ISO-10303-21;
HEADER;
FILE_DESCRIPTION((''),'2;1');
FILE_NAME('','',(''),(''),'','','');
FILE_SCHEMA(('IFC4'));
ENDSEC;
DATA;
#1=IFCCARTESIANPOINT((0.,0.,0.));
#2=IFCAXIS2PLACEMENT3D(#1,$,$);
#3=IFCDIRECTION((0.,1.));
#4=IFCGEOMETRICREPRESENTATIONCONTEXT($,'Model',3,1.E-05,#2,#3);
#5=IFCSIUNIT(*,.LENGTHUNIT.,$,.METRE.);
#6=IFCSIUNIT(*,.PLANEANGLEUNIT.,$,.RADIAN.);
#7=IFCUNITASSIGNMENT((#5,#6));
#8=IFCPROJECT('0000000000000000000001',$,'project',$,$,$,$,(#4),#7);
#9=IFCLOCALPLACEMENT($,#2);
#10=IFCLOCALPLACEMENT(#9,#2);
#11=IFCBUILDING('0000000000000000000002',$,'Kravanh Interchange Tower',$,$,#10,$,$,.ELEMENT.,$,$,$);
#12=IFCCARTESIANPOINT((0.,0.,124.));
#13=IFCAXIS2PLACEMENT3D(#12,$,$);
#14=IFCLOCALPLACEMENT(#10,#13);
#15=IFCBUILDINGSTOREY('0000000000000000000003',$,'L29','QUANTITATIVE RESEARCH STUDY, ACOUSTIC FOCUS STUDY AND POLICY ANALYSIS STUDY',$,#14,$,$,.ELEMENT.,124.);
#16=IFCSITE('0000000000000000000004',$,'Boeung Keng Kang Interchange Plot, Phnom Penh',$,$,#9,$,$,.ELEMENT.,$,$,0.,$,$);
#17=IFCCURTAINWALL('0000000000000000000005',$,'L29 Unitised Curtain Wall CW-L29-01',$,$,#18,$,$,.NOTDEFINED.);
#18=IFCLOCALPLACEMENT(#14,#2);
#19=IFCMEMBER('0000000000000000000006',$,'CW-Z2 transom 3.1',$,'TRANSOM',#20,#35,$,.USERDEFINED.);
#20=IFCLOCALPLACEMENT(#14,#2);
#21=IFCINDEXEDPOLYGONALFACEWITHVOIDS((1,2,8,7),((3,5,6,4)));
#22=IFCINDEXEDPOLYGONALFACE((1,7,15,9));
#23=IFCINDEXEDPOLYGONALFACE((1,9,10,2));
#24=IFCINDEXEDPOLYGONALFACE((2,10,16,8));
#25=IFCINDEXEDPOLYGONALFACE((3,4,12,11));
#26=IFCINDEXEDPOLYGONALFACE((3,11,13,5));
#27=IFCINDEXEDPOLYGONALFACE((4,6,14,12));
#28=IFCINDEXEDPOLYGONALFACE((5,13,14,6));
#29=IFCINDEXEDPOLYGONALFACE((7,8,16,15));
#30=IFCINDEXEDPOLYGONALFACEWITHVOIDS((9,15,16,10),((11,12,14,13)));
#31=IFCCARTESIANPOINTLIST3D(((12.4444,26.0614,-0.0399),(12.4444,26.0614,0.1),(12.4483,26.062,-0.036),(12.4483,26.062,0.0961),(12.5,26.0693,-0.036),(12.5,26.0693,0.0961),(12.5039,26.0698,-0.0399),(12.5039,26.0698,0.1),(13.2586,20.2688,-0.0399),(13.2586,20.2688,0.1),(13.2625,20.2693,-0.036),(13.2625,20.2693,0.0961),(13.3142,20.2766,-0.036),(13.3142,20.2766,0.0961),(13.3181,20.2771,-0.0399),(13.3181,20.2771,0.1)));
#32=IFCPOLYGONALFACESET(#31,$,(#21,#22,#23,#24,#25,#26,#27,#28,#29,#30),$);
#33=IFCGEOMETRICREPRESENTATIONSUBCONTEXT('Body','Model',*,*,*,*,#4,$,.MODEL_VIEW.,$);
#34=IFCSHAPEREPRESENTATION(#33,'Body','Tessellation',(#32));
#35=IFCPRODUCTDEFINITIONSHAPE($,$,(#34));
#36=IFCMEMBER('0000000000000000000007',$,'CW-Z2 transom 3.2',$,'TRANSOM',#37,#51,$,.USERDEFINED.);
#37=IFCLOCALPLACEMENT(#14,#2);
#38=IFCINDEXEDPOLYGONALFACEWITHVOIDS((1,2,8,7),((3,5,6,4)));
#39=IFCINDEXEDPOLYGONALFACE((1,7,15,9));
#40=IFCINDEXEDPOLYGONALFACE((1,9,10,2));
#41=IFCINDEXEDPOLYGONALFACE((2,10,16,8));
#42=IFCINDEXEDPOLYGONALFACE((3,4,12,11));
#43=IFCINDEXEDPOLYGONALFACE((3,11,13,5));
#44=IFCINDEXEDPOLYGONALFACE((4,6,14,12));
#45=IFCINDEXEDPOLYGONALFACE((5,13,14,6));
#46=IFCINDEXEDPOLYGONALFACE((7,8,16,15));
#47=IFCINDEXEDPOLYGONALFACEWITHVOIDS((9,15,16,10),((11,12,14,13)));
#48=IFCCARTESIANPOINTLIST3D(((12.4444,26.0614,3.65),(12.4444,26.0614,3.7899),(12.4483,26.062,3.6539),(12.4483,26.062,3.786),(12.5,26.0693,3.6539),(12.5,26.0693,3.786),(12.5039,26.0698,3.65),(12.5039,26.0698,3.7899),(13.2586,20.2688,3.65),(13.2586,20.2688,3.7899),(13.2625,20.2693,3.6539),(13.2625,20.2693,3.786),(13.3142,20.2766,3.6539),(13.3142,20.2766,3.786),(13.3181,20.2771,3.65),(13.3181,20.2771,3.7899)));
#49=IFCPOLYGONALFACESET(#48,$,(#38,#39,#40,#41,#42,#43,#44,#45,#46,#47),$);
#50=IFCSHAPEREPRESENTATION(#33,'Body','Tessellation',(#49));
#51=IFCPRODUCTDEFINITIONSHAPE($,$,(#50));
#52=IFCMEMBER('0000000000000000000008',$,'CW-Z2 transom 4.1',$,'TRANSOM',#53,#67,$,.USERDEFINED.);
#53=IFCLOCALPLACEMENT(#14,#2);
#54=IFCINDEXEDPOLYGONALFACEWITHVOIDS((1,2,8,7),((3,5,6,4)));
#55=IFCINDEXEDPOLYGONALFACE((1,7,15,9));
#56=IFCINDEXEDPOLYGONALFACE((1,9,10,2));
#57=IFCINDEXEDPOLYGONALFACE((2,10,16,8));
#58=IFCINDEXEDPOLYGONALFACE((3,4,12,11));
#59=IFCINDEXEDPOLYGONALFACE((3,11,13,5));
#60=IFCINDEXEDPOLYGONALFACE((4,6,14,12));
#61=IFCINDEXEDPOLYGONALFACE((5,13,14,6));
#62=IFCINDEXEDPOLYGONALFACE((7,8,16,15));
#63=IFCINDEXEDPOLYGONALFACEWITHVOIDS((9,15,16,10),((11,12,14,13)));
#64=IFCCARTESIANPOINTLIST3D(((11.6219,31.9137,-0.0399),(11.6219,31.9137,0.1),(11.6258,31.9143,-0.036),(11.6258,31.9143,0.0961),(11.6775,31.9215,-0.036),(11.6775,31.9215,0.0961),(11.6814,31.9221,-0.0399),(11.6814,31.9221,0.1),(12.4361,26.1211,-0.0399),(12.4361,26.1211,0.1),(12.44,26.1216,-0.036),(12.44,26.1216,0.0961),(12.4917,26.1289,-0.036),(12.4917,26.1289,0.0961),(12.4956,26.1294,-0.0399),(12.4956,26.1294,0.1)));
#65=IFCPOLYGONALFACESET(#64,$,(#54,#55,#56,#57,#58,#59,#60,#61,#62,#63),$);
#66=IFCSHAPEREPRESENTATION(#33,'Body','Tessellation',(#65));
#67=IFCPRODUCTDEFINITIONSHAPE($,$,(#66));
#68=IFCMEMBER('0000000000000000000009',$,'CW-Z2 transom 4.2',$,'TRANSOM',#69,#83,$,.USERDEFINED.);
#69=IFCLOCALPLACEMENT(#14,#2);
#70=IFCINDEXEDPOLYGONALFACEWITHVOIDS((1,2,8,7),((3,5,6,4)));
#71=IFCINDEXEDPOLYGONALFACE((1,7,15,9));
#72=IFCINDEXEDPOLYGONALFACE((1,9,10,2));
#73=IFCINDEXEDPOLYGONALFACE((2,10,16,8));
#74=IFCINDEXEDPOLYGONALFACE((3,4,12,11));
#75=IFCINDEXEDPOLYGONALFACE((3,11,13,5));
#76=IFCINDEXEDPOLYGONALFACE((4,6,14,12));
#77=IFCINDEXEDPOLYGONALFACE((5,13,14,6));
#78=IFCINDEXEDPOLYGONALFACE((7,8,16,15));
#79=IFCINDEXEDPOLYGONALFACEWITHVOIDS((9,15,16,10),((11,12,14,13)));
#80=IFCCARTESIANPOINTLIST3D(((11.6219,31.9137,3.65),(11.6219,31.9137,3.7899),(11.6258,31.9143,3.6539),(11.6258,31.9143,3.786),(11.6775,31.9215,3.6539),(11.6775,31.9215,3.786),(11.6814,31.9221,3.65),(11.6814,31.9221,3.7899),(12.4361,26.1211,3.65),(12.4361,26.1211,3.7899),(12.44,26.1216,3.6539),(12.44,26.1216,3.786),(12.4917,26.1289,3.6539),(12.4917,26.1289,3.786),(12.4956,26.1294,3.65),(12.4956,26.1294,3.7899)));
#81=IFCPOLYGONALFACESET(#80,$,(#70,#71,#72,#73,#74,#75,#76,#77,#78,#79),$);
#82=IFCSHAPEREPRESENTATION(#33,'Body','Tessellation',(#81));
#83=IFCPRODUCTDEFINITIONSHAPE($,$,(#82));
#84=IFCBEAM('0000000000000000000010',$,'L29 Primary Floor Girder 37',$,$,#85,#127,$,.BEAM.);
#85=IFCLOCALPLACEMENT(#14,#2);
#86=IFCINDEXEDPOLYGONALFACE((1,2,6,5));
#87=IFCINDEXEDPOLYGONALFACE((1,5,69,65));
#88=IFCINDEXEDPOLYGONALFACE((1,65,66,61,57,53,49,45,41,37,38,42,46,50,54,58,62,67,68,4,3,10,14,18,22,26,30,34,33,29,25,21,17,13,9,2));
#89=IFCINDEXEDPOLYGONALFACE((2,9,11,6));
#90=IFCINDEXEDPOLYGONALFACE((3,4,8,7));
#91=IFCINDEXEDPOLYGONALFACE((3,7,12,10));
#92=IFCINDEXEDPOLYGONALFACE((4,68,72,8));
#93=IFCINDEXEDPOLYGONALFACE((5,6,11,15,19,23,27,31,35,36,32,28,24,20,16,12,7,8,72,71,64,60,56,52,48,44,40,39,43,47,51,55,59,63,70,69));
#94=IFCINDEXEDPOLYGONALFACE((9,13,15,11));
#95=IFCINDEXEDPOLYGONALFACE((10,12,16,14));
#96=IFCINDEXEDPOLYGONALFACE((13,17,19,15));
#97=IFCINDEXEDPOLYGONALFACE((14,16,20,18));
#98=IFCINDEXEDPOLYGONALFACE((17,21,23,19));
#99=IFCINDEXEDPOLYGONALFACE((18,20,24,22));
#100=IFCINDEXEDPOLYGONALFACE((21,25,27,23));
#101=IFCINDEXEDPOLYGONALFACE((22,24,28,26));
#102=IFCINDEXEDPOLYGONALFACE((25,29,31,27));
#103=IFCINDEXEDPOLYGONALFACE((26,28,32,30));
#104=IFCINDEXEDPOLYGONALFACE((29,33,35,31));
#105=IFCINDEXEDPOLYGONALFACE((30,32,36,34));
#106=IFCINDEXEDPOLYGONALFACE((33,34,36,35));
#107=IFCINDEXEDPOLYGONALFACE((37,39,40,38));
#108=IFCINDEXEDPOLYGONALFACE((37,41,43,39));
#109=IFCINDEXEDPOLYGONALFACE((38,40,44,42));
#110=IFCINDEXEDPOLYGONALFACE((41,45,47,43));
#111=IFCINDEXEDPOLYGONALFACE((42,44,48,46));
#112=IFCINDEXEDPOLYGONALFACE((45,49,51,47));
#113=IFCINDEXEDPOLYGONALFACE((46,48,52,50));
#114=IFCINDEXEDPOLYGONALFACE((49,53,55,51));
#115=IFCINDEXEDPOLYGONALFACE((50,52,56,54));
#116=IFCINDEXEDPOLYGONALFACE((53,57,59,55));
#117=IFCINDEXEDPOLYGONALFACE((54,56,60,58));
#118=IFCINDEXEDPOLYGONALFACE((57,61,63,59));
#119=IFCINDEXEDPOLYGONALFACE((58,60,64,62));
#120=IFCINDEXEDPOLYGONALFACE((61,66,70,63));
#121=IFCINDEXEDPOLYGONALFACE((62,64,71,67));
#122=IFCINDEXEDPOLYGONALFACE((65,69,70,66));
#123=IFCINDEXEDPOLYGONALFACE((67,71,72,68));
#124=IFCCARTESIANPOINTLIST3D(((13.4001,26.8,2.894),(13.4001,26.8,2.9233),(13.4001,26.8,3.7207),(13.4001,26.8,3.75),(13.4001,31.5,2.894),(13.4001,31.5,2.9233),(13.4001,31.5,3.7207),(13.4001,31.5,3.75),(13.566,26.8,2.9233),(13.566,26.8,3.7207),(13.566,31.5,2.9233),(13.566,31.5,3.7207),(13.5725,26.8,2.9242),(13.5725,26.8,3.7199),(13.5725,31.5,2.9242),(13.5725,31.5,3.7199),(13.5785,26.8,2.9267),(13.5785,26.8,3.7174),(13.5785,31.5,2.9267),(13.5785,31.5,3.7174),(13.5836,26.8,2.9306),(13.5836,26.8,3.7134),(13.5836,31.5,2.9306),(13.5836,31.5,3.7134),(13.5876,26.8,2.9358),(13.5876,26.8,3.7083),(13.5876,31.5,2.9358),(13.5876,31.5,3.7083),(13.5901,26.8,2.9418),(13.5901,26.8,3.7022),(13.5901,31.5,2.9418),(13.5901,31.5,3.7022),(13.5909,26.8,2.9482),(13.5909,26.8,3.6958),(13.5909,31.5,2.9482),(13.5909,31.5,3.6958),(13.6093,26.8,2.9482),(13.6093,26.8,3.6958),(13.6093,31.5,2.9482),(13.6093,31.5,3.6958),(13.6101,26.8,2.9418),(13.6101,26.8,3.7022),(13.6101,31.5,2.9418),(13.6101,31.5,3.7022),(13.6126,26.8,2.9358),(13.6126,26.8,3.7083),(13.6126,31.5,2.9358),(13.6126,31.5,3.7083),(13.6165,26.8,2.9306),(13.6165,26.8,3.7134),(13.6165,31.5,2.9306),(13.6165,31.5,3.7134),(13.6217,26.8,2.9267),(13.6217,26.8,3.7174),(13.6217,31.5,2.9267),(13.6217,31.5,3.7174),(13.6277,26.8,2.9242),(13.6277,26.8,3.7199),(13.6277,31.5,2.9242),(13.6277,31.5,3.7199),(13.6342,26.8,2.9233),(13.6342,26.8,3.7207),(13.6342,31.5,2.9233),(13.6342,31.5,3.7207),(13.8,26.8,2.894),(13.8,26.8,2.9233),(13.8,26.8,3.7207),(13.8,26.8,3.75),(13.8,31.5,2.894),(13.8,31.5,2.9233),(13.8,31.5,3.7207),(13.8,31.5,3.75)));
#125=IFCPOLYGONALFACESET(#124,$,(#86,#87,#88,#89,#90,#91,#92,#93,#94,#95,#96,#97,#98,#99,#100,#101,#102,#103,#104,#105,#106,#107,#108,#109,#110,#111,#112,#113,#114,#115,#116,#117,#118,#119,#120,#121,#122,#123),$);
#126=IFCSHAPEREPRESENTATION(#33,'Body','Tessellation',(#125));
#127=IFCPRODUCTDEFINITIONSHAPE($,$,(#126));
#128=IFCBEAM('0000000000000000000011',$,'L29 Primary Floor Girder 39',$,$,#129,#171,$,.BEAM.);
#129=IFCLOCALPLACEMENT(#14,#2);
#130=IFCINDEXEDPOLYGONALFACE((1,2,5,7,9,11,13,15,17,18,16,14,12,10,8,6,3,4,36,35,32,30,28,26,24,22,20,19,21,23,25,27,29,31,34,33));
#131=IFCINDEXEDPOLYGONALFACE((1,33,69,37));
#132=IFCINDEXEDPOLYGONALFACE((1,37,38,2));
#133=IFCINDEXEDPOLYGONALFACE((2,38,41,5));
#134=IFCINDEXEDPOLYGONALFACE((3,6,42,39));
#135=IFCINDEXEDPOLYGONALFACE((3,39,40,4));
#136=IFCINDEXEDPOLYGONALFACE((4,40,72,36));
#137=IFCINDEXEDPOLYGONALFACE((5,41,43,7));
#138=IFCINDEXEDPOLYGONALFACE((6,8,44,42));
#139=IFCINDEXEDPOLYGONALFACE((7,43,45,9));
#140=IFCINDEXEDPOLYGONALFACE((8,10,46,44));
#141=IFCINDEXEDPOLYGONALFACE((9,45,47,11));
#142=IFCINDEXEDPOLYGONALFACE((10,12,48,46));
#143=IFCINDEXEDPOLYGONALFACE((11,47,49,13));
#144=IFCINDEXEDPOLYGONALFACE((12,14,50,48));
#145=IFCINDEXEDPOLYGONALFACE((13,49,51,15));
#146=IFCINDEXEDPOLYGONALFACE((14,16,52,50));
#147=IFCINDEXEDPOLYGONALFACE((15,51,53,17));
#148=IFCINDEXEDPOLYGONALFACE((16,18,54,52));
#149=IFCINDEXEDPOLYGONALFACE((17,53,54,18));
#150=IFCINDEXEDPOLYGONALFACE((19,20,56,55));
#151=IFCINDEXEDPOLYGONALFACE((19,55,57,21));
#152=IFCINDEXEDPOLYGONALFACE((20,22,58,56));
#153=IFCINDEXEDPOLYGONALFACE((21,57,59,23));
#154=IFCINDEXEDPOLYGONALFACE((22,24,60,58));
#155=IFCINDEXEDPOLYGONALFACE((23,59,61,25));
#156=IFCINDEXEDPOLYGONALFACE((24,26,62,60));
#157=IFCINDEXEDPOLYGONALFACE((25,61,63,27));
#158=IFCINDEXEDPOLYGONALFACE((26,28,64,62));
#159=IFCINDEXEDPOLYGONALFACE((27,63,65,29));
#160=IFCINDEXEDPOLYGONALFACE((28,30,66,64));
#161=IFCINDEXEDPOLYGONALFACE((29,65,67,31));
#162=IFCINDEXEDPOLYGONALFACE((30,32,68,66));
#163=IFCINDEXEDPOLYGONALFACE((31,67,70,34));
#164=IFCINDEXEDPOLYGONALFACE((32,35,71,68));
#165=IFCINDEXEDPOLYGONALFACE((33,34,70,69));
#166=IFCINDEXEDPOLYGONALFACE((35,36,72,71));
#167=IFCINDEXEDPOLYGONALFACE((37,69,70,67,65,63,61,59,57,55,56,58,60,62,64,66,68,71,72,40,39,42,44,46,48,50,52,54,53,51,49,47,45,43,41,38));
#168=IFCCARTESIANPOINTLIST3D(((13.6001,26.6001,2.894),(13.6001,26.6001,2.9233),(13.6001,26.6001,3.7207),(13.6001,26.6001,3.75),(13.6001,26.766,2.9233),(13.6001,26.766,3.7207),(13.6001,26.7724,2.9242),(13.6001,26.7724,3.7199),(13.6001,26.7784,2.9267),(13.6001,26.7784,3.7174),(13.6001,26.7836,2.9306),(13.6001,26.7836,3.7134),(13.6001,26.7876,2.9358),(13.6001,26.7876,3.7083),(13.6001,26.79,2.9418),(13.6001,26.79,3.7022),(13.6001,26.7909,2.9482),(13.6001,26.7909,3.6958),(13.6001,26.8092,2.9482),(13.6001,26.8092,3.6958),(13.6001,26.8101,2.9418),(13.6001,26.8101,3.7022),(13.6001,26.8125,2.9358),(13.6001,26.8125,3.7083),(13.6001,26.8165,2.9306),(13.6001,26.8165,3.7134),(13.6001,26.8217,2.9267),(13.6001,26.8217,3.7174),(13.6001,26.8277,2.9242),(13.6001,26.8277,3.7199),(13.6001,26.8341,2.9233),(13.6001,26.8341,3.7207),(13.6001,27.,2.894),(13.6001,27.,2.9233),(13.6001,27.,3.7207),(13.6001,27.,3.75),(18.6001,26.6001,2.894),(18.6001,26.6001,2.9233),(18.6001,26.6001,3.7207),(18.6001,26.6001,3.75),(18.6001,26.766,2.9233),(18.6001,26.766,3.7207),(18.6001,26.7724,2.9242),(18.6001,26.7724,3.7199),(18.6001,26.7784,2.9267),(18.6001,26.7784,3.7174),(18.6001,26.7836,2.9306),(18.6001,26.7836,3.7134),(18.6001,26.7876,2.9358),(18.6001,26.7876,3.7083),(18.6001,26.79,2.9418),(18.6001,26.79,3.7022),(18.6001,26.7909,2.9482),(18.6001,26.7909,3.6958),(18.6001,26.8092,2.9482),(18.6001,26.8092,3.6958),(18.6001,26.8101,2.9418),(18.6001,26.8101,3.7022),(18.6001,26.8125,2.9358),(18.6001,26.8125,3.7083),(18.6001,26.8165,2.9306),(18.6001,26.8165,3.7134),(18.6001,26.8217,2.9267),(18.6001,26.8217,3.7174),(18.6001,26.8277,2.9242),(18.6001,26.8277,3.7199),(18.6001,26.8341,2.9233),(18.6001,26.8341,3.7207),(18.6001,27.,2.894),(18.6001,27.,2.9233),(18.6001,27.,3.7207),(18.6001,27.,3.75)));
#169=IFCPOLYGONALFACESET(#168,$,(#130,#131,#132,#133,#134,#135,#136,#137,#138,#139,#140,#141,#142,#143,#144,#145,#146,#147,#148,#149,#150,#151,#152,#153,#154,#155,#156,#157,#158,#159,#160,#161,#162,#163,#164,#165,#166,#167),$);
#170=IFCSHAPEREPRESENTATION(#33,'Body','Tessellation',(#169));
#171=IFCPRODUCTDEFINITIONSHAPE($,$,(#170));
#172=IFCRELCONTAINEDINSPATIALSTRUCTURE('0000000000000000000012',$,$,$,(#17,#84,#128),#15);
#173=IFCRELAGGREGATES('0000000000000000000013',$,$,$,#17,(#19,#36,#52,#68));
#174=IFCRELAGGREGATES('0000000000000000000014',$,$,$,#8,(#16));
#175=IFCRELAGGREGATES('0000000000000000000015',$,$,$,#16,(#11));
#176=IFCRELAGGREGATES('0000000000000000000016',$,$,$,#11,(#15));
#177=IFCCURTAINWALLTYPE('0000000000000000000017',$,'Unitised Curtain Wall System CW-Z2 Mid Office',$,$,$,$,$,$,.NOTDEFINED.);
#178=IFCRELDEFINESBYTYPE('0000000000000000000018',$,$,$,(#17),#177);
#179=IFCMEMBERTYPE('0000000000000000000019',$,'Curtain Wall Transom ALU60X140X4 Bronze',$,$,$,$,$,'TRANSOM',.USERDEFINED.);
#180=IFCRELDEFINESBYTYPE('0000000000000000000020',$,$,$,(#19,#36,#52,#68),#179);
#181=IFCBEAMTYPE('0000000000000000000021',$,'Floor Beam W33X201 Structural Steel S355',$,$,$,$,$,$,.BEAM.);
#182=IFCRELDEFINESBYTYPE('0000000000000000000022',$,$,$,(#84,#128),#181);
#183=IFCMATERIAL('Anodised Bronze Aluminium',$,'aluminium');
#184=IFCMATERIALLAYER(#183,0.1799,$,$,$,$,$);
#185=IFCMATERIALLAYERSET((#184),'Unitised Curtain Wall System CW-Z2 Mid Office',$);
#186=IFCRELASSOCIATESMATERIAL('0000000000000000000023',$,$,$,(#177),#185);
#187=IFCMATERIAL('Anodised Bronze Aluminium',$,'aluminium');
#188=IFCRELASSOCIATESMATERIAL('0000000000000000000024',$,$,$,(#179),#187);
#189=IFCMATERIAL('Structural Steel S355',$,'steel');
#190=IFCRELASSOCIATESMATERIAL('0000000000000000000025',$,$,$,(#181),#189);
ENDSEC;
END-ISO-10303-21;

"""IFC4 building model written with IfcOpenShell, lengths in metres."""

from ifc_helpers import new_model, si_unit, direction, frame, origin, origin_2d, place, context, subcontext, project, spatial, hollow_rectangle, i_section, extrude, material, layer, layer_set, material_profile, profile_set, type_object, element, aggregate, save


model = new_model("IFC4")

# Units and contexts
model_context = context("Model", 3, precision=1e-05, world=origin(), true_north=direction((0.0, 1.0)))
body_context = subcontext(model_context, "Body", "Model", "MODEL_VIEW")
ifc_project = project(units=[si_unit("LENGTHUNIT", "METRE"), si_unit("PLANEANGLEUNIT", "RADIAN")], contexts=[model_context])

# Site, building, storey
site_placement = place(None, origin())
site = spatial("IfcSite", under=ifc_project, at=site_placement, Name="Boeung Keng Kang Interchange Plot, Phnom Penh", CompositionType="ELEMENT", RefElevation=0.0)
building_placement = place(site_placement, origin())
building = spatial("IfcBuilding", under=site, at=building_placement, Name="Kravanh Interchange Tower", CompositionType="ELEMENT")
storey_placement = place(building_placement, frame((0.0, 0.0, 124.0)))
storey = spatial("IfcBuildingStorey", under=building, at=storey_placement, Name="L29", Description="QUANTITATIVE RESEARCH STUDY, ACOUSTIC FOCUS STUDY AND POLICY ANALYSIS STUDY", CompositionType="ELEMENT", Elevation=124.0)

# Curtain wall, members
ifc_material_1 = material(Name="Anodised Bronze Aluminium", Category="aluminium")
ifc_layer_1 = layer(ifc_material_1, 0.1799)
ifc_layer_set_1 = layer_set([ifc_layer_1], Name="Unitised Curtain Wall System CW-Z2 Mid Office")
curtain_wall_type = type_object("IfcCurtainWallType", Name="Unitised Curtain Wall System CW-Z2 Mid Office", PredefinedType="NOTDEFINED", material=ifc_layer_set_1)
curtain_wall_placement = place(storey_placement, origin())
curtain_wall = element("IfcCurtainWall", 1, at=curtain_wall_placement, inside=storey, type_object=curtain_wall_type, Name="L29 Unitised Curtain Wall CW-L29-01", PredefinedType="NOTDEFINED")
ifc_material_2 = material(Name="Anodised Bronze Aluminium", Category="aluminium")
ifc_material_profile_1 = material_profile(ifc_material_2, hollow_rectangle(XDim=0.0601, YDim=0.1399, WallThickness=0.0039, at=origin_2d()), Name="ALU60X140X4")
ifc_profile_set_1 = profile_set([ifc_material_profile_1], Name="Anodised Bronze Aluminium")
member_type_1 = type_object("IfcMemberType", Name="Curtain Wall Transom ALU60X140X4 Bronze", ElementType="TRANSOM", PredefinedType="USERDEFINED", material=ifc_profile_set_1)
member_1_placement = place(storey_placement, frame((13.2883, 20.2729, 0.03), z_axis=(-0.139189, 0.990266, 0.0), x_axis=(-0.990266, -0.139189, 0.0)))
member_1 = element("IfcMember", 2, at=member_1_placement, type_object=member_type_1, Name="CW-Z2 transom 3.1", ObjectType="TRANSOM", PredefinedType="USERDEFINED", context=body_context, shape_type="SweptSolid", body=[
    extrude(hollow_rectangle(XDim=0.0601, YDim=0.1399, WallThickness=0.0039, at=origin_2d()), origin(), (0.0, 0.0, 1.0), 5.8496),
])
member_2_placement = place(storey_placement, frame((13.2883, 20.2729, 3.72), z_axis=(-0.139189, 0.990266, 0.0), x_axis=(-0.990266, -0.139189, 0.0)))
member_2 = element("IfcMember", 3, at=member_2_placement, type_object=member_type_1, Name="CW-Z2 transom 3.2", ObjectType="TRANSOM", PredefinedType="USERDEFINED", context=body_context, shape_type="SweptSolid", body=[
    extrude(hollow_rectangle(XDim=0.0601, YDim=0.1399, WallThickness=0.0039, at=origin_2d()), origin(), (0.0, 0.0, 1.0), 5.8496),
])
member_3_placement = place(storey_placement, frame((12.4658, 26.1252, 0.03), z_axis=(-0.139189, 0.990266, 0.0), x_axis=(-0.990266, -0.139189, 0.0)))
member_3 = element("IfcMember", 4, at=member_3_placement, type_object=member_type_1, Name="CW-Z2 transom 4.1", ObjectType="TRANSOM", PredefinedType="USERDEFINED", context=body_context, shape_type="SweptSolid", body=[
    extrude(hollow_rectangle(XDim=0.0601, YDim=0.1399, WallThickness=0.0039, at=origin_2d()), origin(), (0.0, 0.0, 1.0), 5.8496),
])
member_4_placement = place(storey_placement, frame((12.4658, 26.1252, 3.72), z_axis=(-0.139189, 0.990266, 0.0), x_axis=(-0.990266, -0.139189, 0.0)))
member_4 = element("IfcMember", 5, at=member_4_placement, type_object=member_type_1, Name="CW-Z2 transom 4.2", ObjectType="TRANSOM", PredefinedType="USERDEFINED", context=body_context, shape_type="SweptSolid", body=[
    extrude(hollow_rectangle(XDim=0.0601, YDim=0.1399, WallThickness=0.0039, at=origin_2d()), origin(), (0.0, 0.0, 1.0), 5.8496),
])

# Beams
ifc_material_3 = material(Name="Structural Steel S355", Category="steel")
ifc_material_profile_2 = material_profile(ifc_material_3, i_section(OverallWidth=0.3999, OverallDepth=0.856, WebThickness=0.0183, FlangeThickness=0.0293, FilletRadius=0.0249, at=origin_2d()), Name="W33X201")
ifc_profile_set_2 = profile_set([ifc_material_profile_2], Name="Structural Steel S355")
beam_type_1 = type_object("IfcBeamType", Name="Floor Beam W33X201 Structural Steel S355", PredefinedType="BEAM", material=ifc_profile_set_2)
beam_1_placement = place(storey_placement, frame((13.6001, 26.8, 3.322), z_axis=(0.0, 1.0, 0.0), x_axis=(-1.0, 0.0, 0.0)))
element("IfcBeam", 6, at=beam_1_placement, inside=storey, type_object=beam_type_1, Name="L29 Primary Floor Girder 37", PredefinedType="BEAM", context=body_context, shape_type="SweptSolid", body=[
    extrude(i_section(OverallWidth=0.3999, OverallDepth=0.856, WebThickness=0.0183, FlangeThickness=0.0293, FilletRadius=0.0249, at=origin_2d()), origin(), (0.0, 0.0, 1.0), 4.7),
])
beam_2_placement = place(storey_placement, frame((13.6001, 26.8, 3.322), z_axis=(1.0, 0.0, 0.0), x_axis=(0.0, 1.0, 0.0)))
element("IfcBeam", 7, at=beam_2_placement, inside=storey, type_object=beam_type_1, Name="L29 Primary Floor Girder 39", PredefinedType="BEAM", context=body_context, shape_type="SweptSolid", body=[
    extrude(i_section(OverallWidth=0.3999, OverallDepth=0.856, WebThickness=0.0183, FlangeThickness=0.0293, FilletRadius=0.0249, at=origin_2d()), origin(), (0.0, 0.0, 1.0), 5.0),
])

aggregate(curtain_wall, [member_1, member_2, member_3, member_4])

save(model, "model.ifc")
